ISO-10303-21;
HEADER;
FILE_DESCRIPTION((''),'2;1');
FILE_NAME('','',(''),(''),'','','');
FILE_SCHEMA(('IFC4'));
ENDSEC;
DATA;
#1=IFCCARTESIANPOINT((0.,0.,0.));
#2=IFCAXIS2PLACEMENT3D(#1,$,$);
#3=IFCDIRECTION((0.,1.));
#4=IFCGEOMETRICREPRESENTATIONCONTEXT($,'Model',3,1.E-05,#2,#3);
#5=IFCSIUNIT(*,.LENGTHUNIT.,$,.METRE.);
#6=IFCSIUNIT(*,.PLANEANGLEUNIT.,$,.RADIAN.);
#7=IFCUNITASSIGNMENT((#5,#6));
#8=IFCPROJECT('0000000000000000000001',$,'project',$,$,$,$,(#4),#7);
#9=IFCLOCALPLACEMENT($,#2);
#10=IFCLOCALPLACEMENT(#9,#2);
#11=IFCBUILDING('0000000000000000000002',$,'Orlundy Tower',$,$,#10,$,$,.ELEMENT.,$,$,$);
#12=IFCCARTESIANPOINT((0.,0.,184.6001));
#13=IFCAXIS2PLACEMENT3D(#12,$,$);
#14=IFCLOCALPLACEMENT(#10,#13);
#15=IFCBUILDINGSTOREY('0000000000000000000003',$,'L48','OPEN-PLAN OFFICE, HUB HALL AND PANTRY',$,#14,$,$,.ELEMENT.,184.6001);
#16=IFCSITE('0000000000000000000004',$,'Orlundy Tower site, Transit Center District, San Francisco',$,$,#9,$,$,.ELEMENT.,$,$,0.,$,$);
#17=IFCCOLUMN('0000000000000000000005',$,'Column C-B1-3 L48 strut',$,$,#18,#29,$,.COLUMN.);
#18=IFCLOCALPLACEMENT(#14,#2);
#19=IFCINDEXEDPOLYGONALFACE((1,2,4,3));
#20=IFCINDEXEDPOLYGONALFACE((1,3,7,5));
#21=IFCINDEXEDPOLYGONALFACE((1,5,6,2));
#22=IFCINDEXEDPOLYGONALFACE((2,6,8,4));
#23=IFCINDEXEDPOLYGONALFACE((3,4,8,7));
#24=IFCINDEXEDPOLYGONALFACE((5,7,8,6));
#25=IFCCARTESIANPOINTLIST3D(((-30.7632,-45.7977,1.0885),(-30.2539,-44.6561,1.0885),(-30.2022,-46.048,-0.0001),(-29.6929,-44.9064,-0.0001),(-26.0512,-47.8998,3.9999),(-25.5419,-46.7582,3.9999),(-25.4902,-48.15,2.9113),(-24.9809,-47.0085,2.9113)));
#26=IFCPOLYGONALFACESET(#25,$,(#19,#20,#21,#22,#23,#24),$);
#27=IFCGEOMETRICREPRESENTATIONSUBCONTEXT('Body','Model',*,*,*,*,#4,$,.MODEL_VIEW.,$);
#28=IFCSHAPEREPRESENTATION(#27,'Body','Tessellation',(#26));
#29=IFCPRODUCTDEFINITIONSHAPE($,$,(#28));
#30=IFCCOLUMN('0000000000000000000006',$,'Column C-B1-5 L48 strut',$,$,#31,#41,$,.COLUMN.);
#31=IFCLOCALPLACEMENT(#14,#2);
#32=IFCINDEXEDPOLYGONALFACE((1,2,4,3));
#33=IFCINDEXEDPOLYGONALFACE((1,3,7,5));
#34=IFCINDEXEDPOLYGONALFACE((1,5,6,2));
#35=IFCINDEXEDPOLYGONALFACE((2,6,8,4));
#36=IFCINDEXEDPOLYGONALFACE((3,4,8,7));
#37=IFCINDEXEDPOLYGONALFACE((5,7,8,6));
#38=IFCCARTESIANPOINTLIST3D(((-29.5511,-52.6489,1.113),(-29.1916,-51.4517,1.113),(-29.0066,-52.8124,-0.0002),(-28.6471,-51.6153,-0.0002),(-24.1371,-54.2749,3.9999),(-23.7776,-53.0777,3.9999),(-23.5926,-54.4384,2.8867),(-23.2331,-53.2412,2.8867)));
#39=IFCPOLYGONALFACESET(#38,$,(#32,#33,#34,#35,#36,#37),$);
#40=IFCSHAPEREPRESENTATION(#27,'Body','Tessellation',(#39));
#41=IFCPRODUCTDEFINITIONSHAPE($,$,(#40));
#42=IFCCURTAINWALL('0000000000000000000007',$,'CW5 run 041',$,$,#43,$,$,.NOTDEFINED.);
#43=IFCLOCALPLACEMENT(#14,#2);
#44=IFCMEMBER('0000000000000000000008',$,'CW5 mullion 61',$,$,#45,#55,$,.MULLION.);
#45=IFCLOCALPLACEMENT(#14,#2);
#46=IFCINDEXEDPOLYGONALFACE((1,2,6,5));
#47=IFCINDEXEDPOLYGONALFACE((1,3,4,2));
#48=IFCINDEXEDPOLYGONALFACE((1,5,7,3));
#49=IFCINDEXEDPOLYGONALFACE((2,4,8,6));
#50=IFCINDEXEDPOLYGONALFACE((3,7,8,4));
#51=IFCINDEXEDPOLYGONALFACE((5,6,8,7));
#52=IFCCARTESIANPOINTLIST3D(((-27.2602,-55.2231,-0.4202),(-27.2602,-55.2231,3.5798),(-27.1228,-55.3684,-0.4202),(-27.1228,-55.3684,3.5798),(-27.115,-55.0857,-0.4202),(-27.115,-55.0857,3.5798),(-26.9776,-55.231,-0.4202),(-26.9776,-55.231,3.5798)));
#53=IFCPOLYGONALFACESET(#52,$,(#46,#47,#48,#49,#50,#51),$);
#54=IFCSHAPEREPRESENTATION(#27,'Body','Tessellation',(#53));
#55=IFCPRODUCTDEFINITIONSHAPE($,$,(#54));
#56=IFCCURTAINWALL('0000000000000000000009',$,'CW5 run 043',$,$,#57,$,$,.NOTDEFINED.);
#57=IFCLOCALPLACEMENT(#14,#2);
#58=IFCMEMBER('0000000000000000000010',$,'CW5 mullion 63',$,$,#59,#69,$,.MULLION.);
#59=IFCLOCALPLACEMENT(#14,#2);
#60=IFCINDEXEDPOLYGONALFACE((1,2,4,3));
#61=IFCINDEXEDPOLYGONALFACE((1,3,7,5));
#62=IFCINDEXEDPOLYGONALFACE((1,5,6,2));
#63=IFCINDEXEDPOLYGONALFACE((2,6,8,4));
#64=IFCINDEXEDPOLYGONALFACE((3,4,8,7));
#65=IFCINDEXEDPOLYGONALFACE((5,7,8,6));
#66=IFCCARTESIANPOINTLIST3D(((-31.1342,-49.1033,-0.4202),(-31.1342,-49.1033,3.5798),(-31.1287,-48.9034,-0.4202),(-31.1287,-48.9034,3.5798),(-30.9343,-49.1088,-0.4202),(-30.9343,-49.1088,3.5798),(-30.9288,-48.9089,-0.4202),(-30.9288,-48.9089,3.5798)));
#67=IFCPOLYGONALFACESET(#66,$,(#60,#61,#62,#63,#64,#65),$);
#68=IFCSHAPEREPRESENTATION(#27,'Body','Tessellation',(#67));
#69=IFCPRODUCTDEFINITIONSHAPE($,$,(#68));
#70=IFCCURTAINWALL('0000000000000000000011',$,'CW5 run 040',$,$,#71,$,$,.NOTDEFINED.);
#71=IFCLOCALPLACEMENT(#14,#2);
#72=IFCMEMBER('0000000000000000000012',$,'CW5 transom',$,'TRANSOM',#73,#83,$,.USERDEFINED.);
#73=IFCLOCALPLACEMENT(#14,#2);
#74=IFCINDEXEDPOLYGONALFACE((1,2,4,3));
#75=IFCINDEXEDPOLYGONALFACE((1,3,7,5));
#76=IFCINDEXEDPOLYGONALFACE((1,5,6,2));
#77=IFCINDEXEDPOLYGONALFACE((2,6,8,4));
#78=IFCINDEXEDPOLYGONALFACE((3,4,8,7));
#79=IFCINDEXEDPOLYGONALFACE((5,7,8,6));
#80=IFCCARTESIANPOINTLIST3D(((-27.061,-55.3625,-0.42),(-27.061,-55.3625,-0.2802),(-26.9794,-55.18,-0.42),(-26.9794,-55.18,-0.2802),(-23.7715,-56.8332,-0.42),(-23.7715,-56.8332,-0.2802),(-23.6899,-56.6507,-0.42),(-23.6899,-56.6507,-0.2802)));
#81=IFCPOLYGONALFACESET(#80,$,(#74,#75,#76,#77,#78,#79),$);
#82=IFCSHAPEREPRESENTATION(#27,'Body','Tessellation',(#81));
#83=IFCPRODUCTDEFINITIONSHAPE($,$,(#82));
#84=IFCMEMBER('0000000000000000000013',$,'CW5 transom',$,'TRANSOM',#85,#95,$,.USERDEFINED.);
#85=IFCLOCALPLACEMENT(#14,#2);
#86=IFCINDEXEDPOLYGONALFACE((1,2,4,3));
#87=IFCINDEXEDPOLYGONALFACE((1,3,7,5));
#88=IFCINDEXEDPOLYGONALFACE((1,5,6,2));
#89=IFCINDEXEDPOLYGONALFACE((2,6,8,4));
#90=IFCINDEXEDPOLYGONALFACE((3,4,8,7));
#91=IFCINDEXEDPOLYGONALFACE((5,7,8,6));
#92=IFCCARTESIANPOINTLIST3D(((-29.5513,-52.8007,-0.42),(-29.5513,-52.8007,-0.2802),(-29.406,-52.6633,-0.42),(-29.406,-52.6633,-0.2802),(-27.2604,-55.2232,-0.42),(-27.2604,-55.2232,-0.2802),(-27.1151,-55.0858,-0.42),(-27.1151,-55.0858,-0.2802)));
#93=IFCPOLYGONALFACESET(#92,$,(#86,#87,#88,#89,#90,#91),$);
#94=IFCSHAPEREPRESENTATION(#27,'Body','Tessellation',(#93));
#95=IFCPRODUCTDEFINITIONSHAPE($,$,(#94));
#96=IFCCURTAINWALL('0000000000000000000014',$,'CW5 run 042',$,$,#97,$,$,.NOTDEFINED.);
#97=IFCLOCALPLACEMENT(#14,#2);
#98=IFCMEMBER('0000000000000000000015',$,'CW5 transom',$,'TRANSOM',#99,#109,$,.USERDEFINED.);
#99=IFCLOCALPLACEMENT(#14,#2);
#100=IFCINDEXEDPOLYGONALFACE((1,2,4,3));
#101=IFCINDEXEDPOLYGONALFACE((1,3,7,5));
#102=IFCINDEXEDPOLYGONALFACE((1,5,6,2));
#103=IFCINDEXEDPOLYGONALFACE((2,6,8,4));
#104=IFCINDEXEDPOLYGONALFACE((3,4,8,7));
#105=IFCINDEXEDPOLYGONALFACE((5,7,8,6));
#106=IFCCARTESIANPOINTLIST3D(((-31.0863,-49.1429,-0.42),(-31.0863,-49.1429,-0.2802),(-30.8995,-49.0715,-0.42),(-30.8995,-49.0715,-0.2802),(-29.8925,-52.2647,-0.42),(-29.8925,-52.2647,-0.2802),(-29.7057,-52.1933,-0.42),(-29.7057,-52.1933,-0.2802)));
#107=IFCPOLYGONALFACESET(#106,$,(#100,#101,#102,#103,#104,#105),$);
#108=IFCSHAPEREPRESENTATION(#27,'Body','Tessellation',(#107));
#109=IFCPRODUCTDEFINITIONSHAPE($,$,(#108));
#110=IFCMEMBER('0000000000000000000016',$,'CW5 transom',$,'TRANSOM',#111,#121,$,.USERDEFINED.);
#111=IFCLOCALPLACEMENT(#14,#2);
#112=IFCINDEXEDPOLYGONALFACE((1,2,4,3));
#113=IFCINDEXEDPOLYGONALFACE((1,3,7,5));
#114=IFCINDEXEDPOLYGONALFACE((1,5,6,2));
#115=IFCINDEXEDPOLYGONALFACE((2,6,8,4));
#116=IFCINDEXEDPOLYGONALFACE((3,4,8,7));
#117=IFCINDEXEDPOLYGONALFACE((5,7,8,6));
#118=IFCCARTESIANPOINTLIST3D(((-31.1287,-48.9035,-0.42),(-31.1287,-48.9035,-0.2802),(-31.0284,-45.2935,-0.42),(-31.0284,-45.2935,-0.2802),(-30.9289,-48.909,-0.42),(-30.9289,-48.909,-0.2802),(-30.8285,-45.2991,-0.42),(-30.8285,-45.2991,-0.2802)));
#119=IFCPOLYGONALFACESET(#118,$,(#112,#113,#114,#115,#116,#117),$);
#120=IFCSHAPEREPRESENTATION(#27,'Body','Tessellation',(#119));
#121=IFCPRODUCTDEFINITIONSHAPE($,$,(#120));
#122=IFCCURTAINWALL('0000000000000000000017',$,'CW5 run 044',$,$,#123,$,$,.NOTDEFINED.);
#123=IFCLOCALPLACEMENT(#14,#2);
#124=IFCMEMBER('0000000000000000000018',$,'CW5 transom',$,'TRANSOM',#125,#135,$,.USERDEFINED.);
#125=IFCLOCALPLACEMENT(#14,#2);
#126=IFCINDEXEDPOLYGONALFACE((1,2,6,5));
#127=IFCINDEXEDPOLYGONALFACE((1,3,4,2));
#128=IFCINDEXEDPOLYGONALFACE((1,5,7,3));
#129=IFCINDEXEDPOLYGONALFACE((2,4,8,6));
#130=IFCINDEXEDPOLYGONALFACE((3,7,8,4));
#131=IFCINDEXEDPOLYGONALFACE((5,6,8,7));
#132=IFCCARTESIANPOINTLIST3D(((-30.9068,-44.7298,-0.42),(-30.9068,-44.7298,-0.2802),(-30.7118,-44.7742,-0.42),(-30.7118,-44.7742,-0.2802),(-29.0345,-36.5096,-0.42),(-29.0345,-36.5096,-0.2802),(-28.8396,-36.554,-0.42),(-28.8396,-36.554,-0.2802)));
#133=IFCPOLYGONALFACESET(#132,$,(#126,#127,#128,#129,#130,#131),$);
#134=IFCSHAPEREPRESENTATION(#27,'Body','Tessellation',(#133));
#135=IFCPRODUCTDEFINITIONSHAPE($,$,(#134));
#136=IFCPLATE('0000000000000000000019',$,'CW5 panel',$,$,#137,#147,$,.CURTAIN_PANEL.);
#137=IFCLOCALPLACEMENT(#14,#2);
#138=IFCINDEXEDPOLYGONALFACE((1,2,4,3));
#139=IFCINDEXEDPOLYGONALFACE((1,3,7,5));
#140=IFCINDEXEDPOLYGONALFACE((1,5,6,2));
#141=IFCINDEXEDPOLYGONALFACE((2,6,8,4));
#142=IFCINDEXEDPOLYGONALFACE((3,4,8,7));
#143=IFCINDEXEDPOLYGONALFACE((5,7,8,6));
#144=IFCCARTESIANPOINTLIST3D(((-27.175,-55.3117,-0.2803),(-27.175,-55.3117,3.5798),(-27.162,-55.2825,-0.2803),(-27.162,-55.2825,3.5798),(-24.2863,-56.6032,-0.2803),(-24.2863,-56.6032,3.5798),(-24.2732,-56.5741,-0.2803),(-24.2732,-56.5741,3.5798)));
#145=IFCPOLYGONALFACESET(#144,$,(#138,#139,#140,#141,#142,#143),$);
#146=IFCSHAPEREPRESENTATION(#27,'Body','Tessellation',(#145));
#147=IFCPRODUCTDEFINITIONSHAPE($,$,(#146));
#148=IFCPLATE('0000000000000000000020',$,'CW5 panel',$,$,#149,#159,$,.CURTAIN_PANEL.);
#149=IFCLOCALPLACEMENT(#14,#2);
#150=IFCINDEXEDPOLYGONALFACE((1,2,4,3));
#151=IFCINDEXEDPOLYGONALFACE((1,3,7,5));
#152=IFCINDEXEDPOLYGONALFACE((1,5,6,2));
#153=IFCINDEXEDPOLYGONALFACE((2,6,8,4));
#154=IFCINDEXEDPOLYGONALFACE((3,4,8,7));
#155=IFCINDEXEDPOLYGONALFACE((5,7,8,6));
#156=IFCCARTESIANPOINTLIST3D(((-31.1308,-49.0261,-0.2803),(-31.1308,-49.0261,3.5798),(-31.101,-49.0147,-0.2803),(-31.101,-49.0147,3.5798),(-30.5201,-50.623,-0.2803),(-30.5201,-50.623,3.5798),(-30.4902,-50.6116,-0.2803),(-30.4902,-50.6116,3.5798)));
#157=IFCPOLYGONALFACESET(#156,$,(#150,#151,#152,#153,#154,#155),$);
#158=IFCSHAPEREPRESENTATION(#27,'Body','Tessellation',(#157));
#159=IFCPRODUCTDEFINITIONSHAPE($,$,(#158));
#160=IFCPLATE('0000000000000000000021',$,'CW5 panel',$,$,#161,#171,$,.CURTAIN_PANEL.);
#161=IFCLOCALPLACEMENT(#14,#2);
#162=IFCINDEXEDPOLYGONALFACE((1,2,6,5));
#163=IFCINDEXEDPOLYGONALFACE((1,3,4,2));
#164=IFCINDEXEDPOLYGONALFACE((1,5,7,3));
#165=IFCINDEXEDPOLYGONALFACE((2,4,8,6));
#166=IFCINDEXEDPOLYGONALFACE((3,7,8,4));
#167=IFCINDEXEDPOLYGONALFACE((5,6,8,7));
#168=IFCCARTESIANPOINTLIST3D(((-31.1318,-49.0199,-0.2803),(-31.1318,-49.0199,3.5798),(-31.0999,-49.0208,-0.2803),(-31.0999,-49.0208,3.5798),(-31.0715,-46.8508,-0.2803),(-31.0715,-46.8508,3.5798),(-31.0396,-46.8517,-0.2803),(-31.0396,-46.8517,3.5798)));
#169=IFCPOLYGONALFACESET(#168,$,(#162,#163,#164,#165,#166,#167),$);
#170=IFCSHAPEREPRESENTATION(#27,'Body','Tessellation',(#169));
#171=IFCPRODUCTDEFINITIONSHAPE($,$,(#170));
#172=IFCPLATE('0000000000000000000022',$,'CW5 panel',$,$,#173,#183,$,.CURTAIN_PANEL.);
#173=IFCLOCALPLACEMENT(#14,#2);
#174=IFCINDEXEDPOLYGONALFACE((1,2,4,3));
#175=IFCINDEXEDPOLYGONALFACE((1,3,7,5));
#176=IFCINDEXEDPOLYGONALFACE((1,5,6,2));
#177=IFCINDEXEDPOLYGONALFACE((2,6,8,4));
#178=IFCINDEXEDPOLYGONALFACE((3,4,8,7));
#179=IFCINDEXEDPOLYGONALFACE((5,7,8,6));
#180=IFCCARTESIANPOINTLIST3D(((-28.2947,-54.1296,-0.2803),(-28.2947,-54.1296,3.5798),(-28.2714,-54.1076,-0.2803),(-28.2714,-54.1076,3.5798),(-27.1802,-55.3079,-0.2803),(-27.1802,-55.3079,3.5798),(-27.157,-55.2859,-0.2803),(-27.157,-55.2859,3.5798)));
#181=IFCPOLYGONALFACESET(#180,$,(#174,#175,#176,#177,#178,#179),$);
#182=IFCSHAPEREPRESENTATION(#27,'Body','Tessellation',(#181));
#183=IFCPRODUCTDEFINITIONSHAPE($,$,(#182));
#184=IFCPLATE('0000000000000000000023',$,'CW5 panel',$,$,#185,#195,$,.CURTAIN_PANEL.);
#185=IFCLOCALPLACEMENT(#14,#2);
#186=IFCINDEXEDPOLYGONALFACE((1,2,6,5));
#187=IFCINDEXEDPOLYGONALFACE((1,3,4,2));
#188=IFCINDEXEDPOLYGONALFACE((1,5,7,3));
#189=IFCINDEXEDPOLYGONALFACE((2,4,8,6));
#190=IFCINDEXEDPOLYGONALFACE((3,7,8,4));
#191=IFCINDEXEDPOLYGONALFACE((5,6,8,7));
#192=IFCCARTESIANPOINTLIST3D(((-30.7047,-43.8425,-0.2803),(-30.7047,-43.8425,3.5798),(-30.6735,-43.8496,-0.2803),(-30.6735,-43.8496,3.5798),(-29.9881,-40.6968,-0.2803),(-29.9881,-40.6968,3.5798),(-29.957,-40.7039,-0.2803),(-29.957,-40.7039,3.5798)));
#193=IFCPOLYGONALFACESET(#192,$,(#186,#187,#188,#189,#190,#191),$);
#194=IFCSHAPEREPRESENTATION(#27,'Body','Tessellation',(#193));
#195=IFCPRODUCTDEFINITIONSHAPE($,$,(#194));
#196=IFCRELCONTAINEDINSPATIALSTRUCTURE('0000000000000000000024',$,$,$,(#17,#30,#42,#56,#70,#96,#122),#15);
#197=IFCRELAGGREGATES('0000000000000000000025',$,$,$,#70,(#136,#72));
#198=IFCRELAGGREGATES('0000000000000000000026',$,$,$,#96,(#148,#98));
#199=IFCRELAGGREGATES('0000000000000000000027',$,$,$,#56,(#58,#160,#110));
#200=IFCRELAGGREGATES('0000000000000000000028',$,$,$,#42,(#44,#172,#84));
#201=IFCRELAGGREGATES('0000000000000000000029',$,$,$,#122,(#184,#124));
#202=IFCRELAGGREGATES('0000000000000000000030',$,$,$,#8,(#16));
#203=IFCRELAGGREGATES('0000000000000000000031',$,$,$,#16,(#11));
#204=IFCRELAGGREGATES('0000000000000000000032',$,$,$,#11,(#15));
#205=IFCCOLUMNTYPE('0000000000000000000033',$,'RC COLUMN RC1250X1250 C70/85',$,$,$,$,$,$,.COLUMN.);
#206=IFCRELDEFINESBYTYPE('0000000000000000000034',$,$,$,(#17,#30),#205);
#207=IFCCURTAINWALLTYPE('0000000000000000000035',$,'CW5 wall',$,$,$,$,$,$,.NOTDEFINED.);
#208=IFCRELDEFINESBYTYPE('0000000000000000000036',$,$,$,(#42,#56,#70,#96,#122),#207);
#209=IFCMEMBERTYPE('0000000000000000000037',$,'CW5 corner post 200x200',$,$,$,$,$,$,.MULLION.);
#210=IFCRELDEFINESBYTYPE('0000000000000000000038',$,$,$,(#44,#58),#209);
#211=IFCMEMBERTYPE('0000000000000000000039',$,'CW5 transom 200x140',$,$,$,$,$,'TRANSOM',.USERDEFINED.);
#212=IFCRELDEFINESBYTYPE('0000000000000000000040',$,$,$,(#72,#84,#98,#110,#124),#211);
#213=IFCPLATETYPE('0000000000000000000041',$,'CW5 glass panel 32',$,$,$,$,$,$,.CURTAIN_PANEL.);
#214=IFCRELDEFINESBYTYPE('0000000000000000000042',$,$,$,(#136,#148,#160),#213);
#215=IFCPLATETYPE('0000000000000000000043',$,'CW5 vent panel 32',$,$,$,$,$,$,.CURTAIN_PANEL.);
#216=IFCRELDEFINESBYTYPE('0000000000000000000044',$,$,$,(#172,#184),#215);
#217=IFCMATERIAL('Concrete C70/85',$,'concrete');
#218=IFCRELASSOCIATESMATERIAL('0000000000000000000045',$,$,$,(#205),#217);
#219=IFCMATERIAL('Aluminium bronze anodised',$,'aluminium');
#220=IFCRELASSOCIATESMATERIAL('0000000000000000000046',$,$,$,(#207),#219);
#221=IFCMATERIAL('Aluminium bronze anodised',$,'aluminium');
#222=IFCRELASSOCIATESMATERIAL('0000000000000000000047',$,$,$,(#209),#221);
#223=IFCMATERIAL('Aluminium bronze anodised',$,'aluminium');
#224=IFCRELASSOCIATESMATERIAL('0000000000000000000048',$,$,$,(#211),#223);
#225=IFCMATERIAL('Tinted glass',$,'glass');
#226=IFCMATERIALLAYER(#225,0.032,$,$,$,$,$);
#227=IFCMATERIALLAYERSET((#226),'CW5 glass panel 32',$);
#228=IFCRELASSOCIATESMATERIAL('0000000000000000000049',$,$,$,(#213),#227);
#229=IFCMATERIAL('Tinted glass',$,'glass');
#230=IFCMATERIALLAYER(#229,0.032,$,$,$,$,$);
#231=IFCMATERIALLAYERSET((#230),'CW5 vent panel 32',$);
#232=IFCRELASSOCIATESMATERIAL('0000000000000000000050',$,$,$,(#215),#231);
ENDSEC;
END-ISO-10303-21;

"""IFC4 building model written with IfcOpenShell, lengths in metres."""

from ifc_helpers import new_model, si_unit, direction, frame, origin, origin_2d, place, context, subcontext, project, spatial, rectangle, extrude, material, layer, layer_set, material_profile, profile_set, type_object, element, aggregate, save


model = new_model("IFC4")

# Units and contexts
model_context = context("Model", 3, precision=1e-05, world=origin(), true_north=direction((0.0, 1.0)))
body_context = subcontext(model_context, "Body", "Model", "MODEL_VIEW")
ifc_project = project(units=[si_unit("LENGTHUNIT", "METRE"), si_unit("PLANEANGLEUNIT", "RADIAN")], contexts=[model_context])

# Site, building, storey
site_placement = place(None, origin())
site = spatial("IfcSite", under=ifc_project, at=site_placement, Name="Orlundy Tower site, Transit Center District, San Francisco", CompositionType="ELEMENT", RefElevation=0.0)
building_placement = place(site_placement, origin())
building = spatial("IfcBuilding", under=site, at=building_placement, Name="Orlundy Tower", CompositionType="ELEMENT")
storey_placement = place(building_placement, frame((0.0, 0.0, 184.6001)))
storey = spatial("IfcBuildingStorey", under=building, at=storey_placement, Name="L48", Description="OPEN-PLAN OFFICE, HUB HALL AND PANTRY", CompositionType="ELEMENT", Elevation=184.6001)

# Columns
ifc_material_1 = material(Name="Concrete C70/85", Category="concrete")
ifc_material_profile_1 = material_profile(ifc_material_1, rectangle(XDim=1.25, YDim=1.25, at=origin_2d()), Name="RC1250X1250")
ifc_profile_set_1 = profile_set([ifc_material_profile_1], Name="Concrete C70/85")
column_type = type_object("IfcColumnType", Name="RC COLUMN RC1250X1250 C70/85", PredefinedType="COLUMN", material=ifc_profile_set_1)
column_1_placement = place(storey_placement, frame((-30.228, -45.3521, 0.5442), z_axis=(0.795359, -0.354821, 0.491433), x_axis=(0.407411, 0.913245, 0.0)))
element("IfcColumn", 1, at=column_1_placement, inside=storey, type_object=column_type, Name="Column C-B1-3 L48 strut", PredefinedType="COLUMN", context=body_context, shape_type="SweptSolid", body=[
    extrude(rectangle(XDim=1.25, YDim=1.25, at=origin_2d()), origin(), (0.0, 0.0, 1.0), 5.9243),
])
column_2_placement = place(storey_placement, frame((-29.0991, -52.1321, 0.5564), z_axis=(0.852948, -0.256161, 0.454821), x_axis=(0.287633, 0.957741, 0.0)))
element("IfcColumn", 2, at=column_2_placement, inside=storey, type_object=column_type, Name="Column C-B1-5 L48 strut", PredefinedType="COLUMN", context=body_context, shape_type="SweptSolid", body=[
    extrude(rectangle(XDim=1.25, YDim=1.25, at=origin_2d()), origin(), (0.0, 0.0, 1.0), 6.3474),
])

# Curtain walls, members
ifc_material_2 = material(Name="Aluminium bronze anodised", Category="aluminium")
curtain_wall_type = type_object("IfcCurtainWallType", Name="CW5 wall", PredefinedType="NOTDEFINED", material=ifc_material_2)
curtain_wall_1_placement = place(storey_placement, origin())
curtain_wall_1 = element("IfcCurtainWall", 3, at=curtain_wall_1_placement, inside=storey, type_object=curtain_wall_type, Name="CW5 run 041", PredefinedType="NOTDEFINED")
ifc_material_3 = material(Name="Aluminium bronze anodised", Category="aluminium")
ifc_material_profile_2 = material_profile(ifc_material_3, rectangle(XDim=0.2, YDim=0.2, at=origin_2d()), Name="CW5 corner post 200x200")
ifc_profile_set_2 = profile_set([ifc_material_profile_2], Name="Aluminium bronze anodised")
member_type_1 = type_object("IfcMemberType", Name="CW5 corner post 200x200", PredefinedType="MULLION", material=ifc_profile_set_2)
member_1_placement = place(storey_placement, frame((-27.1189, -55.2271, -0.4202), z_axis=(0.0, 0.0, 1.0), x_axis=(-0.726527, -0.687138, 0.0)))
member_1 = element("IfcMember", 4, at=member_1_placement, type_object=member_type_1, Name="CW5 mullion 61", PredefinedType="MULLION", context=body_context, shape_type="SweptSolid", body=[
    extrude(rectangle(XDim=0.2, YDim=0.2, at=origin_2d()), origin(), (0.0, 0.0, 1.0), 4.0),
])
curtain_wall_2_placement = place(storey_placement, origin())
curtain_wall_2 = element("IfcCurtainWall", 5, at=curtain_wall_2_placement, inside=storey, type_object=curtain_wall_type, Name="CW5 run 043", PredefinedType="NOTDEFINED")
member_2_placement = place(storey_placement, frame((-31.0315, -49.0061, -0.4202), z_axis=(0.0, 0.0, 1.0), x_axis=(-0.999614, 0.02779, 0.0)))
member_2 = element("IfcMember", 6, at=member_2_placement, type_object=member_type_1, Name="CW5 mullion 63", PredefinedType="MULLION", context=body_context, shape_type="SweptSolid", body=[
    extrude(rectangle(XDim=0.2, YDim=0.2, at=origin_2d()), origin(), (0.0, 0.0, 1.0), 4.0),
])
curtain_wall_3_placement = place(storey_placement, origin())
curtain_wall_3 = element("IfcCurtainWall", 7, at=curtain_wall_3_placement, inside=storey, type_object=curtain_wall_type, Name="CW5 run 040", PredefinedType="NOTDEFINED")
ifc_material_4 = material(Name="Aluminium bronze anodised", Category="aluminium")
ifc_material_profile_3 = material_profile(ifc_material_4, rectangle(XDim=0.2, YDim=0.1399, at=origin_2d()), Name="CW5 transom 200x140")
ifc_profile_set_3 = profile_set([ifc_material_profile_3], Name="Aluminium bronze anodised")
member_type_2 = type_object("IfcMemberType", Name="CW5 transom 200x140", ElementType="TRANSOM", PredefinedType="USERDEFINED", material=ifc_profile_set_3)
member_3_placement = place(storey_placement, frame((-23.7307, -56.7419, -0.3501), z_axis=(-0.912915, 0.408149, 0.0), x_axis=(-0.408149, -0.912915, 0.0)))
member_3 = element("IfcMember", 8, at=member_3_placement, type_object=member_type_2, Name="CW5 transom", ObjectType="TRANSOM", PredefinedType="USERDEFINED", context=body_context, shape_type="SweptSolid", body=[
    extrude(rectangle(XDim=0.2, YDim=0.1399, at=origin_2d()), origin(), (0.0, 0.0, 1.0), 3.6033),
])

# Member
member_4_placement = place(storey_placement, frame((-27.1877, -55.1545, -0.3501), z_axis=(-0.687099, 0.726564, 0.0), x_axis=(-0.726564, -0.687099, 0.0)))
member_4 = element("IfcMember", 9, at=member_4_placement, type_object=member_type_2, Name="CW5 transom", ObjectType="TRANSOM", PredefinedType="USERDEFINED", context=body_context, shape_type="SweptSolid", body=[
    extrude(rectangle(XDim=0.2, YDim=0.1399, at=origin_2d()), origin(), (0.0, 0.0, 1.0), 3.3342),
])

# Curtain wall, member
curtain_wall_4_placement = place(storey_placement, origin())
curtain_wall_4 = element("IfcCurtainWall", 10, at=curtain_wall_4_placement, inside=storey, type_object=curtain_wall_type, Name="CW5 run 042", PredefinedType="NOTDEFINED")
member_5_placement = place(storey_placement, frame((-29.7991, -52.229, -0.3501), z_axis=(-0.357192, 0.934031, 0.0), x_axis=(-0.934031, -0.357192, 0.0)))
member_5 = element("IfcMember", 11, at=member_5_placement, type_object=member_type_2, Name="CW5 transom", ObjectType="TRANSOM", PredefinedType="USERDEFINED", context=body_context, shape_type="SweptSolid", body=[
    extrude(rectangle(XDim=0.2, YDim=0.1399, at=origin_2d()), origin(), (0.0, 0.0, 1.0), 3.3423),
])

# Member
member_6_placement = place(storey_placement, frame((-31.0288, -48.9062, -0.3501), z_axis=(0.027786, 0.999614, 0.0), x_axis=(-0.999614, 0.027786, 0.0)))
member_6 = element("IfcMember", 12, at=member_6_placement, type_object=member_type_2, Name="CW5 transom", ObjectType="TRANSOM", PredefinedType="USERDEFINED", context=body_context, shape_type="SweptSolid", body=[
    extrude(rectangle(XDim=0.2, YDim=0.1399, at=origin_2d()), origin(), (0.0, 0.0, 1.0), 3.6113),
])

# Curtain wall, member
curtain_wall_5_placement = place(storey_placement, origin())
curtain_wall_5 = element("IfcCurtainWall", 13, at=curtain_wall_5_placement, inside=storey, type_object=curtain_wall_type, Name="CW5 run 044", PredefinedType="NOTDEFINED")
member_7_placement = place(storey_placement, frame((-30.8093, -44.752, -0.3501), z_axis=(0.222082, 0.975028, 0.0), x_axis=(-0.975028, 0.222082, 0.0)))
member_7 = element("IfcMember", 14, at=member_7_placement, type_object=member_type_2, Name="CW5 transom", ObjectType="TRANSOM", PredefinedType="USERDEFINED", context=body_context, shape_type="SweptSolid", body=[
    extrude(rectangle(XDim=0.2, YDim=0.1399, at=origin_2d()), origin(), (0.0, 0.0, 1.0), 8.4307),
])

# Plates
ifc_material_5 = material(Name="Tinted glass", Category="glass")
ifc_layer_1 = layer(ifc_material_5, 0.032)
ifc_layer_set_1 = layer_set([ifc_layer_1], Name="CW5 glass panel 32")
plate_type_1 = type_object("IfcPlateType", Name="CW5 glass panel 32", PredefinedType="CURTAIN_PANEL", material=ifc_layer_set_1)
plate_1_placement = place(storey_placement, frame((-25.7241, -55.9429, -0.2803), z_axis=(0.0, 0.0, 1.0), x_axis=(-0.912908, 0.408165, 0.0)))
plate_1 = element("IfcPlate", 15, at=plate_1_placement, type_object=plate_type_1, Name="CW5 panel", PredefinedType="CURTAIN_PANEL", context=body_context, shape_type="SweptSolid", body=[
    extrude(rectangle(XDim=3.1643, YDim=0.032, at=origin_2d()), origin(), (0.0, 0.0, 1.0), 3.8601),
])
aggregate(curtain_wall_3, [plate_1, member_3])
plate_2_placement = place(storey_placement, frame((-30.8105, -49.8188, -0.2803), z_axis=(0.0, 0.0, 1.0), x_axis=(-0.357207, 0.934025, 0.0)))
plate_2 = element("IfcPlate", 16, at=plate_2_placement, type_object=plate_type_1, Name="CW5 panel", PredefinedType="CURTAIN_PANEL", context=body_context, shape_type="SweptSolid", body=[
    extrude(rectangle(XDim=1.7097, YDim=0.032, at=origin_2d()), origin(), (0.0, 0.0, 1.0), 3.8601),
])
aggregate(curtain_wall_4, [plate_2, member_5])
plate_3_placement = place(storey_placement, frame((-31.0857, -47.9358, -0.2803), z_axis=(0.0, 0.0, 1.0), x_axis=(0.02779, 0.999614, 0.0)))
plate_3 = element("IfcPlate", 17, at=plate_3_placement, type_object=plate_type_1, Name="CW5 panel", PredefinedType="CURTAIN_PANEL", context=body_context, shape_type="SweptSolid", body=[
    extrude(rectangle(XDim=2.1699, YDim=0.032, at=origin_2d()), origin(), (0.0, 0.0, 1.0), 3.8601),
])
aggregate(curtain_wall_2, [member_2, plate_3, member_6])
ifc_material_6 = material(Name="Tinted glass", Category="glass")
ifc_layer_2 = layer(ifc_material_6, 0.032)
ifc_layer_set_2 = layer_set([ifc_layer_2], Name="CW5 vent panel 32")
plate_type_2 = type_object("IfcPlateType", Name="CW5 vent panel 32", PredefinedType="CURTAIN_PANEL", material=ifc_layer_set_2)
plate_4_placement = place(storey_placement, frame((-27.7258, -54.7078, -0.2803), z_axis=(0.0, 0.0, 1.0), x_axis=(-0.687138, 0.726527, 0.0)))
plate_4 = element("IfcPlate", 18, at=plate_4_placement, type_object=plate_type_2, Name="CW5 panel", PredefinedType="CURTAIN_PANEL", context=body_context, shape_type="SweptSolid", body=[
    extrude(rectangle(XDim=1.6218, YDim=0.032, at=origin_2d()), origin(), (0.0, 0.0, 1.0), 3.8601),
])
aggregate(curtain_wall_1, [member_1, plate_4, member_4])
plate_5_placement = place(storey_placement, frame((-30.3308, -42.2732, -0.2803), z_axis=(0.0, 0.0, 1.0), x_axis=(0.222089, 0.975026, 0.0)))
plate_5 = element("IfcPlate", 19, at=plate_5_placement, type_object=plate_type_2, Name="CW5 panel", PredefinedType="CURTAIN_PANEL", context=body_context, shape_type="SweptSolid", body=[
    extrude(rectangle(XDim=3.2263, YDim=0.032, at=origin_2d()), origin(), (0.0, 0.0, 1.0), 3.8601),
])
aggregate(curtain_wall_5, [plate_5, member_7])

save(model, "model.ifc")
